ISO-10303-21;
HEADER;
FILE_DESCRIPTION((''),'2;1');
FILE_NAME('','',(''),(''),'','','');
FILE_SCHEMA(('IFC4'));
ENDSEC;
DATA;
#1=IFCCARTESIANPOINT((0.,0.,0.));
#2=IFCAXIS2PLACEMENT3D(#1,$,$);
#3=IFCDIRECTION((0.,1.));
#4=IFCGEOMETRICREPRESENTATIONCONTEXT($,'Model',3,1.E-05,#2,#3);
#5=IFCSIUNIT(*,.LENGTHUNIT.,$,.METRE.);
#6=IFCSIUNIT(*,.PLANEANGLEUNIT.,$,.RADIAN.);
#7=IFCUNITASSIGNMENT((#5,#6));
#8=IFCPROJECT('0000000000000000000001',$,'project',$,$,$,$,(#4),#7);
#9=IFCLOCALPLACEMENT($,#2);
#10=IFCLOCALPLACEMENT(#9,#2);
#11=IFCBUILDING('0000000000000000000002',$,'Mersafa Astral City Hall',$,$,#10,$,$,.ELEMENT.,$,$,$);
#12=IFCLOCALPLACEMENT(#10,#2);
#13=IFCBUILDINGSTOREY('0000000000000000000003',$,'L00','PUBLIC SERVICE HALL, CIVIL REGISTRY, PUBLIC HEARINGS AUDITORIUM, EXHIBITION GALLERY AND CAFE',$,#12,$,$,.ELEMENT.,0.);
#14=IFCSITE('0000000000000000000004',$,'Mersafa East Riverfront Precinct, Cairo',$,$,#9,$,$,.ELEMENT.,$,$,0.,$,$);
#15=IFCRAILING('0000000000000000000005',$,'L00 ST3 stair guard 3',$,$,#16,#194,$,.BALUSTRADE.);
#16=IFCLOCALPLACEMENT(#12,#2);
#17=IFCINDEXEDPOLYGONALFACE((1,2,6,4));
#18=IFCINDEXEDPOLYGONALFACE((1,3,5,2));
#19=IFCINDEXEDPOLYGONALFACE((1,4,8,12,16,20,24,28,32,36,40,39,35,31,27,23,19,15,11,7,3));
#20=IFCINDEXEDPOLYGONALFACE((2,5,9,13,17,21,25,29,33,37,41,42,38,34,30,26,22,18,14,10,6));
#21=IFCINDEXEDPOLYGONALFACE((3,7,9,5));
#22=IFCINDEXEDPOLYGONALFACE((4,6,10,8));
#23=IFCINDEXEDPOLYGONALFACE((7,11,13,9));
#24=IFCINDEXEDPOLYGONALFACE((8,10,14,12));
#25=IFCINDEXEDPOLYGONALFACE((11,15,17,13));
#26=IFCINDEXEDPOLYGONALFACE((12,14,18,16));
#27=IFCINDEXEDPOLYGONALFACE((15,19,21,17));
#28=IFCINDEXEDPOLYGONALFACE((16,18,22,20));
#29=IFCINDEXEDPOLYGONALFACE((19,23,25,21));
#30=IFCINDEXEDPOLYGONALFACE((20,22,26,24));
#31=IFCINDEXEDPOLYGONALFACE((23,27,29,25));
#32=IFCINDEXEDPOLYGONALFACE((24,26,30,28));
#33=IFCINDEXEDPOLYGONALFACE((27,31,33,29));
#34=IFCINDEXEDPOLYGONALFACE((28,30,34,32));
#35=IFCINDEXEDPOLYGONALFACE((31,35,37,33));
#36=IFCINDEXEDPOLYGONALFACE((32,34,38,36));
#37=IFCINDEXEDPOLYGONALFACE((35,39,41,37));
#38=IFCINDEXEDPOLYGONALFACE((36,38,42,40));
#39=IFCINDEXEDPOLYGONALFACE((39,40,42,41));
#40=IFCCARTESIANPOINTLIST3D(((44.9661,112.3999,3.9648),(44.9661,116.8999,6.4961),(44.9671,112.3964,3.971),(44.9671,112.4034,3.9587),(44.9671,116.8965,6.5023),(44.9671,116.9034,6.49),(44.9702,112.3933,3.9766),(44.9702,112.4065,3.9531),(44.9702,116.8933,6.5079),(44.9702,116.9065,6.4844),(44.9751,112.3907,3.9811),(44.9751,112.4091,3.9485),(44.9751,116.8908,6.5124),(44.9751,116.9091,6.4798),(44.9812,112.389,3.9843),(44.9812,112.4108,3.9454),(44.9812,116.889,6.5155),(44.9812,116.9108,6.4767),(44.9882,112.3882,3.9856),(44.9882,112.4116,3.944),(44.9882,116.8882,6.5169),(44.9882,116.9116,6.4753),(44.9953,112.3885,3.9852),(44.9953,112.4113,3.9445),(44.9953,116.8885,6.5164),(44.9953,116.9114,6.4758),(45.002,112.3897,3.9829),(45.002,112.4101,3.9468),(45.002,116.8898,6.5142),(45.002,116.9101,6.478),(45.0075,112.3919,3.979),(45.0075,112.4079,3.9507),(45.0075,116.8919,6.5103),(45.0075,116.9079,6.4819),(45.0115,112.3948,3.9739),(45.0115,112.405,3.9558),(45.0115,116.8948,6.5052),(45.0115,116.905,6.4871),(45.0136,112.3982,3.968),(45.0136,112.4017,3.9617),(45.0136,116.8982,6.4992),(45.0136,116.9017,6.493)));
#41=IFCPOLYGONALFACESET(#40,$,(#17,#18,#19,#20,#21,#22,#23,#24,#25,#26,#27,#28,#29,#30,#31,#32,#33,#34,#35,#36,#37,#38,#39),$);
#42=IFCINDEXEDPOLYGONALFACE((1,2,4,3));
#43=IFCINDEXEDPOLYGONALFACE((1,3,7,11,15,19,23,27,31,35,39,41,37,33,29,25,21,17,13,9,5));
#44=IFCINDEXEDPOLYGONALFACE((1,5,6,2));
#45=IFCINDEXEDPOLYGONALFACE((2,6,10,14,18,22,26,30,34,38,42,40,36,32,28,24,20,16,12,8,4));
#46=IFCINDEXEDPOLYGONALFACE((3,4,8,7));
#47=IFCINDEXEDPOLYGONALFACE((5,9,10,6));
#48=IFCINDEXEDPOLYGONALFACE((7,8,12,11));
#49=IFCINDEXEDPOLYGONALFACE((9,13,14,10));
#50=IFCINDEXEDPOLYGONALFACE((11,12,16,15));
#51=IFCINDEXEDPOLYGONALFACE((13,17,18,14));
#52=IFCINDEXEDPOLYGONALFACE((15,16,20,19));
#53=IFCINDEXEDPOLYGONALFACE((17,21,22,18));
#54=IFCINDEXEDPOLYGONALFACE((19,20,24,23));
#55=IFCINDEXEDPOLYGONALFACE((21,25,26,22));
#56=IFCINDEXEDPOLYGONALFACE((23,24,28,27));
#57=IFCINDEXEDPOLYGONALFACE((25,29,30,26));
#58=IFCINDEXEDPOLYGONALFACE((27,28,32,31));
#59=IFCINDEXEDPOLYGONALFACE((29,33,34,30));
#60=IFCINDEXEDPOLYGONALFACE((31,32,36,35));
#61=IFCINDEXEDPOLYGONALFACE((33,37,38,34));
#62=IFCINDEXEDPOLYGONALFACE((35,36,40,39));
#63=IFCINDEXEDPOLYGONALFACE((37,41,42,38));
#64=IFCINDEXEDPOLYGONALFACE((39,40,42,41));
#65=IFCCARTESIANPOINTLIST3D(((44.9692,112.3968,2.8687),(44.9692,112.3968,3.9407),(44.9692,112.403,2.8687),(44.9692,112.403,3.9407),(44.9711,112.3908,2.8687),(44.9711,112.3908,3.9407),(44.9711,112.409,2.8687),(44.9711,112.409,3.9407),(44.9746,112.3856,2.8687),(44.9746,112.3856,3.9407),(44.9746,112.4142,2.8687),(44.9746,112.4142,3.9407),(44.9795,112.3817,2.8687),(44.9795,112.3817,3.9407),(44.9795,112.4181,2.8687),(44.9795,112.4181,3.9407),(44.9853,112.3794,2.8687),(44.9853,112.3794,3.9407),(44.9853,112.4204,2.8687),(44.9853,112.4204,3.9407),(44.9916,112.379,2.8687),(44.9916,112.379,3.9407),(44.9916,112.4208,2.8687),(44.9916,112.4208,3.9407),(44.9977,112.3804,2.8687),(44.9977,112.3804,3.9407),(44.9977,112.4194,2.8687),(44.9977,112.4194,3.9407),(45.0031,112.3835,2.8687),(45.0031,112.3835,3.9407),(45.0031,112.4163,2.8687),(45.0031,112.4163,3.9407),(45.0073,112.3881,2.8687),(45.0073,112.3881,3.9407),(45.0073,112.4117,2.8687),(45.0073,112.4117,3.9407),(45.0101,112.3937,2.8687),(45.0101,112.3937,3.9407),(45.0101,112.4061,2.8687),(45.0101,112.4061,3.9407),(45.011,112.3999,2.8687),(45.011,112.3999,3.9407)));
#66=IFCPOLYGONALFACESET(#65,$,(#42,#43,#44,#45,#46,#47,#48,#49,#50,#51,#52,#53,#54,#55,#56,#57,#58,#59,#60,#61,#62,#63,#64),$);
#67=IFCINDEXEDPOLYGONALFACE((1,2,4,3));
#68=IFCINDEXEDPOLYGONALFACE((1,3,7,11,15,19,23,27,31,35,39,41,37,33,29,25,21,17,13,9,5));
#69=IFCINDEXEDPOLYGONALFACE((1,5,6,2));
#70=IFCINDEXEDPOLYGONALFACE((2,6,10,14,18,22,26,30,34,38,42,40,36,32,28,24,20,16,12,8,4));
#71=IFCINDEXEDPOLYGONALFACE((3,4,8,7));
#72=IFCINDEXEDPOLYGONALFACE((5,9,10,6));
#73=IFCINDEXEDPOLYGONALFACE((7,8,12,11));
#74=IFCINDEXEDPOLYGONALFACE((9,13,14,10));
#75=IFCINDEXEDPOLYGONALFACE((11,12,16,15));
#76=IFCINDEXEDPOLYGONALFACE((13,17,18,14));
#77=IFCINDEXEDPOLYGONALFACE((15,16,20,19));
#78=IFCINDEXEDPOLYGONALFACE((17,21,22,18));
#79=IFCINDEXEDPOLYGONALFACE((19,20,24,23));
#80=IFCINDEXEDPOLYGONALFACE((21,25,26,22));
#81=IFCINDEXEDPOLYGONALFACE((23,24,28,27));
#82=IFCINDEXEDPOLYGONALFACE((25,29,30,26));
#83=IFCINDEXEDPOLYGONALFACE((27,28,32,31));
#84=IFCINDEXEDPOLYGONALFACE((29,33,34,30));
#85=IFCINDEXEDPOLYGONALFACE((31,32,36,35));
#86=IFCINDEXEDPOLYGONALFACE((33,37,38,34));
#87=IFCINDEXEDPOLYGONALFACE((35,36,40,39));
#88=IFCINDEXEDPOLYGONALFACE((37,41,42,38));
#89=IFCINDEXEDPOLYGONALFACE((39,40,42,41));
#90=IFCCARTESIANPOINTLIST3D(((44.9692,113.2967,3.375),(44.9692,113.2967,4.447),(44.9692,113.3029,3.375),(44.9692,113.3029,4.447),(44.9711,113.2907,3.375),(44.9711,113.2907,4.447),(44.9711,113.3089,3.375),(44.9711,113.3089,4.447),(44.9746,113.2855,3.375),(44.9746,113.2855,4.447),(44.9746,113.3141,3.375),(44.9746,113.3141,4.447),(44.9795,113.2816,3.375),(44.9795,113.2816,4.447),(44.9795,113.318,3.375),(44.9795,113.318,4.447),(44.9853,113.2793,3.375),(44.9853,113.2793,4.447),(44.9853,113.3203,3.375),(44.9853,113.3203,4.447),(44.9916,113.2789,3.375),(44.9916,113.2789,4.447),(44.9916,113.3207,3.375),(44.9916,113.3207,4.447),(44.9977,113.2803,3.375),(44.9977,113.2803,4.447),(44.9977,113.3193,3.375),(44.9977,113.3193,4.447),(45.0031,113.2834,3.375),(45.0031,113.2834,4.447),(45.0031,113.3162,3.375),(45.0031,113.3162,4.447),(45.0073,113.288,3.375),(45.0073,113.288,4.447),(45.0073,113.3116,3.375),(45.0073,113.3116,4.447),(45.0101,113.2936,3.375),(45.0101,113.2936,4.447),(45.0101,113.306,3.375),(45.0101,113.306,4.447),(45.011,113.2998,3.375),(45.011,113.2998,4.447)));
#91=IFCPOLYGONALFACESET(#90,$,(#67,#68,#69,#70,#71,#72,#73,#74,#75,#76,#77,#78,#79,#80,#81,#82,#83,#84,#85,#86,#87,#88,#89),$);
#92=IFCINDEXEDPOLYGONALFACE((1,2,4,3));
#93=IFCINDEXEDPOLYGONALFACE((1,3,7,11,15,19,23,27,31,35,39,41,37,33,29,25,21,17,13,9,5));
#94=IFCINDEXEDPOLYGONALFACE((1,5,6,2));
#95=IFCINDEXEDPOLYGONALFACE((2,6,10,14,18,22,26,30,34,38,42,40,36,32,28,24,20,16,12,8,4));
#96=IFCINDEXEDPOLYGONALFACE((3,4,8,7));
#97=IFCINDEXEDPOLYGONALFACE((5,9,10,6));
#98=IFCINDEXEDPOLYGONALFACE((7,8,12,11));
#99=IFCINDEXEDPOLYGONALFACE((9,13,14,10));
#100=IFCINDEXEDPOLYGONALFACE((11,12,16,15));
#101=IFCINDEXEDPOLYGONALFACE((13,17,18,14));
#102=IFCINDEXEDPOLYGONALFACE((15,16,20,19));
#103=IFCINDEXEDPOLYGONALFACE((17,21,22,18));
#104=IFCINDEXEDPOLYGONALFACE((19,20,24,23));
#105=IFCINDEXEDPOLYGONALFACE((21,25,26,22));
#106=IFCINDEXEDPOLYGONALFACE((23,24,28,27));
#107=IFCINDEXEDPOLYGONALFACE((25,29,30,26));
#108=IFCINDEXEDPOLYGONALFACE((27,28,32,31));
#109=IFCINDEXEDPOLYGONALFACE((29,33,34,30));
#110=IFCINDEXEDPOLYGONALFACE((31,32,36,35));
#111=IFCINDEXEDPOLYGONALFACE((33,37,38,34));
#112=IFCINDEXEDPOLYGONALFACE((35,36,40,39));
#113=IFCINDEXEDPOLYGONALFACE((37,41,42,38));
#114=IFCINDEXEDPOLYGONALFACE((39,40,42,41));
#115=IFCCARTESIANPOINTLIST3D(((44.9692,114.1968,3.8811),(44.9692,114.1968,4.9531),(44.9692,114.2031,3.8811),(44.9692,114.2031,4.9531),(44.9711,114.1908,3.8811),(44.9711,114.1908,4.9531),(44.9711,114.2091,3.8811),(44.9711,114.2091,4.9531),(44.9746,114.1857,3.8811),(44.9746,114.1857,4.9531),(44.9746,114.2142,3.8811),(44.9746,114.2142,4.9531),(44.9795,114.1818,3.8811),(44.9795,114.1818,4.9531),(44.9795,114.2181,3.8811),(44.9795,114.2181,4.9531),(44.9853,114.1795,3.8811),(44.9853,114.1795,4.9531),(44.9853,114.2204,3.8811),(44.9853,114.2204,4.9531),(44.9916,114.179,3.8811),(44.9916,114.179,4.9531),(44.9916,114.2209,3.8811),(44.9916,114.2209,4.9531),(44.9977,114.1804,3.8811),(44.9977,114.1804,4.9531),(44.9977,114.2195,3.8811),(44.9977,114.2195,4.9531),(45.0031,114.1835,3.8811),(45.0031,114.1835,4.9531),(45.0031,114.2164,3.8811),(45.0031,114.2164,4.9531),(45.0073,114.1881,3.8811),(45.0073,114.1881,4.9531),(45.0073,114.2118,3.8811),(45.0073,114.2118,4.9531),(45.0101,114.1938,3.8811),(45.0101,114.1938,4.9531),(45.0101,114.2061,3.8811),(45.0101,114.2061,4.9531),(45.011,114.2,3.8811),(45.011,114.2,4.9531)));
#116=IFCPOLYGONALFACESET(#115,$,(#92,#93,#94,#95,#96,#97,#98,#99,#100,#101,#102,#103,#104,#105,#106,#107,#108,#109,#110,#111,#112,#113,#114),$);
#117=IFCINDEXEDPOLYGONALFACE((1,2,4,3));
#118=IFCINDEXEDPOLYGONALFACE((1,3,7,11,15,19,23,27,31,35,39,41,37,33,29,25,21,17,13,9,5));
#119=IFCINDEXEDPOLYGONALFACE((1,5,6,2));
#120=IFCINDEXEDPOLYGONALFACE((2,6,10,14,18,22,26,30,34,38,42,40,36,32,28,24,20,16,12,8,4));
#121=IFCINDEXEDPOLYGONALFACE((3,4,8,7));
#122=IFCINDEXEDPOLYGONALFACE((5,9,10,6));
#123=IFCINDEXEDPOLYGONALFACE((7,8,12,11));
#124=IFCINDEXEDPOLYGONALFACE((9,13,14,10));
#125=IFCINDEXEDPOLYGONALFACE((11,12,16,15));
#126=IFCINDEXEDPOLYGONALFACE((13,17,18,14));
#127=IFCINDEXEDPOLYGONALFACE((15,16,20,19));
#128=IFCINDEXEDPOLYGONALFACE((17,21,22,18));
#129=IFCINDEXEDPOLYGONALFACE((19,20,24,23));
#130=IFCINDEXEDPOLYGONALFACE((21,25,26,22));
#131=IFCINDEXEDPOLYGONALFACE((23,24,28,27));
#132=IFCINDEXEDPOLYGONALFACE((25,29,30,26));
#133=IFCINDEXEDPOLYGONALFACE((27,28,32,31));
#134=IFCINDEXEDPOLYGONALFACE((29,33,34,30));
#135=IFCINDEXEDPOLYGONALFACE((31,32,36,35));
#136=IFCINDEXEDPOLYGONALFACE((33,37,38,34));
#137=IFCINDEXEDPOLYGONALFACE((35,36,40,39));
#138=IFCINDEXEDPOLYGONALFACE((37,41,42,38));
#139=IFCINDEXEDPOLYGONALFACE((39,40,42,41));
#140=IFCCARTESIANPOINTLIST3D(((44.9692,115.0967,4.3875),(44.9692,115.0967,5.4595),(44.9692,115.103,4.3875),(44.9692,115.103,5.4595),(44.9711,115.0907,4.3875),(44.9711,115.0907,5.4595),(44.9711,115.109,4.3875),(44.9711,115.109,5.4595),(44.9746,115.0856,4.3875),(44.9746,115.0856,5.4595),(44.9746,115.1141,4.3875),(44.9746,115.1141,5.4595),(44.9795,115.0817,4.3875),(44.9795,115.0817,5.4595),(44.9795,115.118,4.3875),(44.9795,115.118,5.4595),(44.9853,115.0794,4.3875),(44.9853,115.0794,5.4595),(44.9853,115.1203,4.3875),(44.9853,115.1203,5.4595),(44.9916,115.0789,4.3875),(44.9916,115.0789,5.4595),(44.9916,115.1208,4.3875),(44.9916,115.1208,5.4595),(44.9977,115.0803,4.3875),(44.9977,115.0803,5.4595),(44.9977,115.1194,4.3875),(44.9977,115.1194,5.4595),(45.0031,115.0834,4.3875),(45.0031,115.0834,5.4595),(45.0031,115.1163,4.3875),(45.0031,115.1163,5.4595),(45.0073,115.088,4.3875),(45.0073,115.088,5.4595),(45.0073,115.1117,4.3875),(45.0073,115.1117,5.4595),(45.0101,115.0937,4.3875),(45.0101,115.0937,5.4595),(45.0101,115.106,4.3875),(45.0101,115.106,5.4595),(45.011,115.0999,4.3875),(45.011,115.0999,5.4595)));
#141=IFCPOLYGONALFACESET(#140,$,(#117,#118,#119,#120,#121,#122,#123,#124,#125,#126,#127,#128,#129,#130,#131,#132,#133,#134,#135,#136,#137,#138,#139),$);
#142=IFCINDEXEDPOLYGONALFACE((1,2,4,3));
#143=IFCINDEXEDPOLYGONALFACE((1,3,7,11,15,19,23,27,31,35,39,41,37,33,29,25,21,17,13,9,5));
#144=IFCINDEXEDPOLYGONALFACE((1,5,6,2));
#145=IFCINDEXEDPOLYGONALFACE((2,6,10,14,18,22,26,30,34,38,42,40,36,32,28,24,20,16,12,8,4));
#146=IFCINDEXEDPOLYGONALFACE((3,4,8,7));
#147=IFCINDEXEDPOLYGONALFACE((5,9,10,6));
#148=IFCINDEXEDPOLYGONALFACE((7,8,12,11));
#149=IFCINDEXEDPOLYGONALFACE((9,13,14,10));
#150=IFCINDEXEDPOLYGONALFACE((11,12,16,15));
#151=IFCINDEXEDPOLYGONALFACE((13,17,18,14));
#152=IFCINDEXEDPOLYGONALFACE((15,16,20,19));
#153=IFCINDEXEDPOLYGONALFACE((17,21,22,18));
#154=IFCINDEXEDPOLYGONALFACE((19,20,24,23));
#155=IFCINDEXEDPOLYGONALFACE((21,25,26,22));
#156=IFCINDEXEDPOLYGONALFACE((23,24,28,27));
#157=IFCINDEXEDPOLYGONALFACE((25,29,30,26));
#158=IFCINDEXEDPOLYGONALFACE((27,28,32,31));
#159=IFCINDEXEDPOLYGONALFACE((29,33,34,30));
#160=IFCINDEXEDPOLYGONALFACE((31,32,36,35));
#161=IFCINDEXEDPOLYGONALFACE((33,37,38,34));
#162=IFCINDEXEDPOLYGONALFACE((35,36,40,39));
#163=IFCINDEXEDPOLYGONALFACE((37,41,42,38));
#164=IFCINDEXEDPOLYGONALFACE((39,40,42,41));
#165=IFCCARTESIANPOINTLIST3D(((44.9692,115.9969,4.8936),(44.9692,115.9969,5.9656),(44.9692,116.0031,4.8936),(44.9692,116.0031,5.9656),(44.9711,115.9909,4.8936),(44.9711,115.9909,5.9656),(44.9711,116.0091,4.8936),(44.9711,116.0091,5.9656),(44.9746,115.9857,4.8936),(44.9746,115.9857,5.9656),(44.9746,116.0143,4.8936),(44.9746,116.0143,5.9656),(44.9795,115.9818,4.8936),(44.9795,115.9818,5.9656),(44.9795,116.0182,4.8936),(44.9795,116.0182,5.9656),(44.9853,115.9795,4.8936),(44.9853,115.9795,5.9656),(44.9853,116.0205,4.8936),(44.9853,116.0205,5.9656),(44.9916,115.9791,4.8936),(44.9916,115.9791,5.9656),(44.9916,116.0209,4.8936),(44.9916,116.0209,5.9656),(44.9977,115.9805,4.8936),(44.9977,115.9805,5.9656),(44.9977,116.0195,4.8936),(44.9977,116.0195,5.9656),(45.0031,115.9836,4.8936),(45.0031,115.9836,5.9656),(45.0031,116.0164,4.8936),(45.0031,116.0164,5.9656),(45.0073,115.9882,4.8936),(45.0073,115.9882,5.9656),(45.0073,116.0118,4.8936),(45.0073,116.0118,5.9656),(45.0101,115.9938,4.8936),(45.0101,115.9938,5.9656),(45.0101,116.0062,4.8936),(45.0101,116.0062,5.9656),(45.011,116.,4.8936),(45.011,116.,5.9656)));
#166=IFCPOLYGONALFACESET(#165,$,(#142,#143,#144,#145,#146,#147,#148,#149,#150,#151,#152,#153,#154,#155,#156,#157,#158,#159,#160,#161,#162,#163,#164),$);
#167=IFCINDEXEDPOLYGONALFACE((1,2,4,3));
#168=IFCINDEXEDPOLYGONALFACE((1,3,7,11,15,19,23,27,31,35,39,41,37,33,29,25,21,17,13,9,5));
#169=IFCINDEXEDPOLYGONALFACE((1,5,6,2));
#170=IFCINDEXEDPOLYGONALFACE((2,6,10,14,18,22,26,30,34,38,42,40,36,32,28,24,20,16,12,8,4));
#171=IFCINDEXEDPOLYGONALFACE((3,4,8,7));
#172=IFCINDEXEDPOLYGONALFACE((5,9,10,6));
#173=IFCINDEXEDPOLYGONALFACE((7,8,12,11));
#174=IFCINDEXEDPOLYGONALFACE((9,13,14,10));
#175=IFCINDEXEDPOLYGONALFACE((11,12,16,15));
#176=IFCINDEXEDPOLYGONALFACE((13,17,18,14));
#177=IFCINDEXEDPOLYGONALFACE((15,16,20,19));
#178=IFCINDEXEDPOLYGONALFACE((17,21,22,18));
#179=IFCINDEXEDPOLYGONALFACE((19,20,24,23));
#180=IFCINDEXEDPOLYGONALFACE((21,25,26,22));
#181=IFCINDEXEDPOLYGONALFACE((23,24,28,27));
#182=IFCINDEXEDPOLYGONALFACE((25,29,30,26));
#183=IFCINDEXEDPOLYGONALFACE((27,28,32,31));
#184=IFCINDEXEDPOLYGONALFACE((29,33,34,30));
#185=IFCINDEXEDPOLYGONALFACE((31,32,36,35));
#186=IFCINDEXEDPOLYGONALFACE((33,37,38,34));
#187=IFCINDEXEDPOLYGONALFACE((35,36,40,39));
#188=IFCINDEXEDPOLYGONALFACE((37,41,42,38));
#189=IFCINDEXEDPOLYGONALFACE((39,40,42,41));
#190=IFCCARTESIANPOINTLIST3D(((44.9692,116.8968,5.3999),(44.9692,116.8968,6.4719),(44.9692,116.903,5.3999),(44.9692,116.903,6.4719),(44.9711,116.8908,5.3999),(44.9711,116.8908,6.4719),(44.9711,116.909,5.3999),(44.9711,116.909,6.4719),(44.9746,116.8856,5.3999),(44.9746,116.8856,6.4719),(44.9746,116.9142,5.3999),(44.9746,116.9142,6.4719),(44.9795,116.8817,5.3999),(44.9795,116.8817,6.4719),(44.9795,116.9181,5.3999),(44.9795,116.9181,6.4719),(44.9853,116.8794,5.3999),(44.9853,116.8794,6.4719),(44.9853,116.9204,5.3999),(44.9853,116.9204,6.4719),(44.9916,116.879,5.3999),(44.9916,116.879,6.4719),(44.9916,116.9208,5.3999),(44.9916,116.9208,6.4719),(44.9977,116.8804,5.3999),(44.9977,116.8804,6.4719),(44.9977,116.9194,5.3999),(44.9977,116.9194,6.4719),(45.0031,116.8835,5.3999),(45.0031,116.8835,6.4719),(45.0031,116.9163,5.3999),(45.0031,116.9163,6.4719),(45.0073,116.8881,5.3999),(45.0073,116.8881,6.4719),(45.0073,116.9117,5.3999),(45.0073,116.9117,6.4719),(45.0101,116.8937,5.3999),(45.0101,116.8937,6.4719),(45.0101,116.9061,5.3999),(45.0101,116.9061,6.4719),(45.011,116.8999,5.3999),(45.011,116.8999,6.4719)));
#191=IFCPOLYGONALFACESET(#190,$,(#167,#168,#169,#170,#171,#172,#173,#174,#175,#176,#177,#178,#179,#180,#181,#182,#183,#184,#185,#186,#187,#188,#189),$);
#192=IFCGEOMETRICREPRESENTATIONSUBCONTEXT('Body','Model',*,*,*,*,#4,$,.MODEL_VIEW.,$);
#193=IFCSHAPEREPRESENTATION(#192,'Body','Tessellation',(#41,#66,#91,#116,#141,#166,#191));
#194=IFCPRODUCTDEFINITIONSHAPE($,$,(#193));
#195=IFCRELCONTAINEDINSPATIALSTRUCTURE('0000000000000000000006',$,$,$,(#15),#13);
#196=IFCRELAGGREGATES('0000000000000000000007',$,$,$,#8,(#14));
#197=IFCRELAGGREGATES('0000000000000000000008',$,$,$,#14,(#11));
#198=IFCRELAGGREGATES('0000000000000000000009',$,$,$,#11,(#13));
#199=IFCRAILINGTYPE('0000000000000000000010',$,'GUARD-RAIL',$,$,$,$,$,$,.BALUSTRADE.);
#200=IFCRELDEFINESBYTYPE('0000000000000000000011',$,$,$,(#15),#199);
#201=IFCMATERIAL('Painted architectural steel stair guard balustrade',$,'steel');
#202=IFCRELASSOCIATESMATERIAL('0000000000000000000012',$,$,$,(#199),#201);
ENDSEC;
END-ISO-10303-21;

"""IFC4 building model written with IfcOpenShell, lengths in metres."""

from ifc_helpers import new_model, si_unit, direction, frame, origin, origin_2d, place, context, subcontext, project, spatial, circle, extrude, material, type_object, element, save


model = new_model("IFC4")

# Units and contexts
model_context = context("Model", 3, precision=1e-05, world=origin(), true_north=direction((0.0, 1.0)))
body_context = subcontext(model_context, "Body", "Model", "MODEL_VIEW")
ifc_project = project(units=[si_unit("LENGTHUNIT", "METRE"), si_unit("PLANEANGLEUNIT", "RADIAN")], contexts=[model_context])

# Site, building, storey
site_placement = place(None, origin())
site = spatial("IfcSite", under=ifc_project, at=site_placement, Name="Mersafa East Riverfront Precinct, Cairo", CompositionType="ELEMENT", RefElevation=0.0)
building_placement = place(site_placement, origin())
building = spatial("IfcBuilding", under=site, at=building_placement, Name="Mersafa Astral City Hall", CompositionType="ELEMENT")
storey_placement = place(building_placement, origin())
storey = spatial("IfcBuildingStorey", under=building, at=storey_placement, Name="L00", Description="PUBLIC SERVICE HALL, CIVIL REGISTRY, PUBLIC HEARINGS AUDITORIUM, EXHIBITION GALLERY AND CAFE", CompositionType="ELEMENT", Elevation=0.0)

# Railing
ifc_material_1 = material(Name="Painted architectural steel stair guard balustrade", Category="steel")
railing_type_1 = type_object("IfcRailingType", Name="GUARD-RAIL", PredefinedType="BALUSTRADE", material=ifc_material_1)
railing_1_placement = place(storey_placement, frame((44.99, 112.3999, 2.8687)))
element("IfcRailing", 1, at=railing_1_placement, inside=storey, type_object=railing_type_1, Name="L00 ST3 stair guard 3", PredefinedType="BALUSTRADE", context=body_context, shape_type="SweptSolid", body=[
    extrude(circle(Radius=0.0239, at=origin_2d()), frame((0.0, 0.0, 1.0962), z_axis=(0.0, 0.871576, 0.490261), x_axis=(-1.0, 0.0, 0.0)), (0.0, 0.0, 1.0), 5.1631),
    extrude(circle(Radius=0.021, at=origin_2d()), origin(), (0.0, 0.0, 1.0), 1.072),
    extrude(circle(Radius=0.021, at=origin_2d()), frame((0.0, 0.8999, 0.5063)), (0.0, 0.0, 1.0), 1.072),
    extrude(circle(Radius=0.021, at=origin_2d()), frame((0.0, 1.8, 1.0125)), (0.0, 0.0, 1.0), 1.072),
    extrude(circle(Radius=0.021, at=origin_2d()), frame((0.0, 2.7, 1.5188)), (0.0, 0.0, 1.0), 1.072),
    extrude(circle(Radius=0.021, at=origin_2d()), frame((0.0, 3.6001, 2.0249)), (0.0, 0.0, 1.0), 1.072),
    extrude(circle(Radius=0.021, at=origin_2d()), frame((0.0, 4.5, 2.5312)), (0.0, 0.0, 1.0), 1.072),
])

save(model, "model.ifc")
